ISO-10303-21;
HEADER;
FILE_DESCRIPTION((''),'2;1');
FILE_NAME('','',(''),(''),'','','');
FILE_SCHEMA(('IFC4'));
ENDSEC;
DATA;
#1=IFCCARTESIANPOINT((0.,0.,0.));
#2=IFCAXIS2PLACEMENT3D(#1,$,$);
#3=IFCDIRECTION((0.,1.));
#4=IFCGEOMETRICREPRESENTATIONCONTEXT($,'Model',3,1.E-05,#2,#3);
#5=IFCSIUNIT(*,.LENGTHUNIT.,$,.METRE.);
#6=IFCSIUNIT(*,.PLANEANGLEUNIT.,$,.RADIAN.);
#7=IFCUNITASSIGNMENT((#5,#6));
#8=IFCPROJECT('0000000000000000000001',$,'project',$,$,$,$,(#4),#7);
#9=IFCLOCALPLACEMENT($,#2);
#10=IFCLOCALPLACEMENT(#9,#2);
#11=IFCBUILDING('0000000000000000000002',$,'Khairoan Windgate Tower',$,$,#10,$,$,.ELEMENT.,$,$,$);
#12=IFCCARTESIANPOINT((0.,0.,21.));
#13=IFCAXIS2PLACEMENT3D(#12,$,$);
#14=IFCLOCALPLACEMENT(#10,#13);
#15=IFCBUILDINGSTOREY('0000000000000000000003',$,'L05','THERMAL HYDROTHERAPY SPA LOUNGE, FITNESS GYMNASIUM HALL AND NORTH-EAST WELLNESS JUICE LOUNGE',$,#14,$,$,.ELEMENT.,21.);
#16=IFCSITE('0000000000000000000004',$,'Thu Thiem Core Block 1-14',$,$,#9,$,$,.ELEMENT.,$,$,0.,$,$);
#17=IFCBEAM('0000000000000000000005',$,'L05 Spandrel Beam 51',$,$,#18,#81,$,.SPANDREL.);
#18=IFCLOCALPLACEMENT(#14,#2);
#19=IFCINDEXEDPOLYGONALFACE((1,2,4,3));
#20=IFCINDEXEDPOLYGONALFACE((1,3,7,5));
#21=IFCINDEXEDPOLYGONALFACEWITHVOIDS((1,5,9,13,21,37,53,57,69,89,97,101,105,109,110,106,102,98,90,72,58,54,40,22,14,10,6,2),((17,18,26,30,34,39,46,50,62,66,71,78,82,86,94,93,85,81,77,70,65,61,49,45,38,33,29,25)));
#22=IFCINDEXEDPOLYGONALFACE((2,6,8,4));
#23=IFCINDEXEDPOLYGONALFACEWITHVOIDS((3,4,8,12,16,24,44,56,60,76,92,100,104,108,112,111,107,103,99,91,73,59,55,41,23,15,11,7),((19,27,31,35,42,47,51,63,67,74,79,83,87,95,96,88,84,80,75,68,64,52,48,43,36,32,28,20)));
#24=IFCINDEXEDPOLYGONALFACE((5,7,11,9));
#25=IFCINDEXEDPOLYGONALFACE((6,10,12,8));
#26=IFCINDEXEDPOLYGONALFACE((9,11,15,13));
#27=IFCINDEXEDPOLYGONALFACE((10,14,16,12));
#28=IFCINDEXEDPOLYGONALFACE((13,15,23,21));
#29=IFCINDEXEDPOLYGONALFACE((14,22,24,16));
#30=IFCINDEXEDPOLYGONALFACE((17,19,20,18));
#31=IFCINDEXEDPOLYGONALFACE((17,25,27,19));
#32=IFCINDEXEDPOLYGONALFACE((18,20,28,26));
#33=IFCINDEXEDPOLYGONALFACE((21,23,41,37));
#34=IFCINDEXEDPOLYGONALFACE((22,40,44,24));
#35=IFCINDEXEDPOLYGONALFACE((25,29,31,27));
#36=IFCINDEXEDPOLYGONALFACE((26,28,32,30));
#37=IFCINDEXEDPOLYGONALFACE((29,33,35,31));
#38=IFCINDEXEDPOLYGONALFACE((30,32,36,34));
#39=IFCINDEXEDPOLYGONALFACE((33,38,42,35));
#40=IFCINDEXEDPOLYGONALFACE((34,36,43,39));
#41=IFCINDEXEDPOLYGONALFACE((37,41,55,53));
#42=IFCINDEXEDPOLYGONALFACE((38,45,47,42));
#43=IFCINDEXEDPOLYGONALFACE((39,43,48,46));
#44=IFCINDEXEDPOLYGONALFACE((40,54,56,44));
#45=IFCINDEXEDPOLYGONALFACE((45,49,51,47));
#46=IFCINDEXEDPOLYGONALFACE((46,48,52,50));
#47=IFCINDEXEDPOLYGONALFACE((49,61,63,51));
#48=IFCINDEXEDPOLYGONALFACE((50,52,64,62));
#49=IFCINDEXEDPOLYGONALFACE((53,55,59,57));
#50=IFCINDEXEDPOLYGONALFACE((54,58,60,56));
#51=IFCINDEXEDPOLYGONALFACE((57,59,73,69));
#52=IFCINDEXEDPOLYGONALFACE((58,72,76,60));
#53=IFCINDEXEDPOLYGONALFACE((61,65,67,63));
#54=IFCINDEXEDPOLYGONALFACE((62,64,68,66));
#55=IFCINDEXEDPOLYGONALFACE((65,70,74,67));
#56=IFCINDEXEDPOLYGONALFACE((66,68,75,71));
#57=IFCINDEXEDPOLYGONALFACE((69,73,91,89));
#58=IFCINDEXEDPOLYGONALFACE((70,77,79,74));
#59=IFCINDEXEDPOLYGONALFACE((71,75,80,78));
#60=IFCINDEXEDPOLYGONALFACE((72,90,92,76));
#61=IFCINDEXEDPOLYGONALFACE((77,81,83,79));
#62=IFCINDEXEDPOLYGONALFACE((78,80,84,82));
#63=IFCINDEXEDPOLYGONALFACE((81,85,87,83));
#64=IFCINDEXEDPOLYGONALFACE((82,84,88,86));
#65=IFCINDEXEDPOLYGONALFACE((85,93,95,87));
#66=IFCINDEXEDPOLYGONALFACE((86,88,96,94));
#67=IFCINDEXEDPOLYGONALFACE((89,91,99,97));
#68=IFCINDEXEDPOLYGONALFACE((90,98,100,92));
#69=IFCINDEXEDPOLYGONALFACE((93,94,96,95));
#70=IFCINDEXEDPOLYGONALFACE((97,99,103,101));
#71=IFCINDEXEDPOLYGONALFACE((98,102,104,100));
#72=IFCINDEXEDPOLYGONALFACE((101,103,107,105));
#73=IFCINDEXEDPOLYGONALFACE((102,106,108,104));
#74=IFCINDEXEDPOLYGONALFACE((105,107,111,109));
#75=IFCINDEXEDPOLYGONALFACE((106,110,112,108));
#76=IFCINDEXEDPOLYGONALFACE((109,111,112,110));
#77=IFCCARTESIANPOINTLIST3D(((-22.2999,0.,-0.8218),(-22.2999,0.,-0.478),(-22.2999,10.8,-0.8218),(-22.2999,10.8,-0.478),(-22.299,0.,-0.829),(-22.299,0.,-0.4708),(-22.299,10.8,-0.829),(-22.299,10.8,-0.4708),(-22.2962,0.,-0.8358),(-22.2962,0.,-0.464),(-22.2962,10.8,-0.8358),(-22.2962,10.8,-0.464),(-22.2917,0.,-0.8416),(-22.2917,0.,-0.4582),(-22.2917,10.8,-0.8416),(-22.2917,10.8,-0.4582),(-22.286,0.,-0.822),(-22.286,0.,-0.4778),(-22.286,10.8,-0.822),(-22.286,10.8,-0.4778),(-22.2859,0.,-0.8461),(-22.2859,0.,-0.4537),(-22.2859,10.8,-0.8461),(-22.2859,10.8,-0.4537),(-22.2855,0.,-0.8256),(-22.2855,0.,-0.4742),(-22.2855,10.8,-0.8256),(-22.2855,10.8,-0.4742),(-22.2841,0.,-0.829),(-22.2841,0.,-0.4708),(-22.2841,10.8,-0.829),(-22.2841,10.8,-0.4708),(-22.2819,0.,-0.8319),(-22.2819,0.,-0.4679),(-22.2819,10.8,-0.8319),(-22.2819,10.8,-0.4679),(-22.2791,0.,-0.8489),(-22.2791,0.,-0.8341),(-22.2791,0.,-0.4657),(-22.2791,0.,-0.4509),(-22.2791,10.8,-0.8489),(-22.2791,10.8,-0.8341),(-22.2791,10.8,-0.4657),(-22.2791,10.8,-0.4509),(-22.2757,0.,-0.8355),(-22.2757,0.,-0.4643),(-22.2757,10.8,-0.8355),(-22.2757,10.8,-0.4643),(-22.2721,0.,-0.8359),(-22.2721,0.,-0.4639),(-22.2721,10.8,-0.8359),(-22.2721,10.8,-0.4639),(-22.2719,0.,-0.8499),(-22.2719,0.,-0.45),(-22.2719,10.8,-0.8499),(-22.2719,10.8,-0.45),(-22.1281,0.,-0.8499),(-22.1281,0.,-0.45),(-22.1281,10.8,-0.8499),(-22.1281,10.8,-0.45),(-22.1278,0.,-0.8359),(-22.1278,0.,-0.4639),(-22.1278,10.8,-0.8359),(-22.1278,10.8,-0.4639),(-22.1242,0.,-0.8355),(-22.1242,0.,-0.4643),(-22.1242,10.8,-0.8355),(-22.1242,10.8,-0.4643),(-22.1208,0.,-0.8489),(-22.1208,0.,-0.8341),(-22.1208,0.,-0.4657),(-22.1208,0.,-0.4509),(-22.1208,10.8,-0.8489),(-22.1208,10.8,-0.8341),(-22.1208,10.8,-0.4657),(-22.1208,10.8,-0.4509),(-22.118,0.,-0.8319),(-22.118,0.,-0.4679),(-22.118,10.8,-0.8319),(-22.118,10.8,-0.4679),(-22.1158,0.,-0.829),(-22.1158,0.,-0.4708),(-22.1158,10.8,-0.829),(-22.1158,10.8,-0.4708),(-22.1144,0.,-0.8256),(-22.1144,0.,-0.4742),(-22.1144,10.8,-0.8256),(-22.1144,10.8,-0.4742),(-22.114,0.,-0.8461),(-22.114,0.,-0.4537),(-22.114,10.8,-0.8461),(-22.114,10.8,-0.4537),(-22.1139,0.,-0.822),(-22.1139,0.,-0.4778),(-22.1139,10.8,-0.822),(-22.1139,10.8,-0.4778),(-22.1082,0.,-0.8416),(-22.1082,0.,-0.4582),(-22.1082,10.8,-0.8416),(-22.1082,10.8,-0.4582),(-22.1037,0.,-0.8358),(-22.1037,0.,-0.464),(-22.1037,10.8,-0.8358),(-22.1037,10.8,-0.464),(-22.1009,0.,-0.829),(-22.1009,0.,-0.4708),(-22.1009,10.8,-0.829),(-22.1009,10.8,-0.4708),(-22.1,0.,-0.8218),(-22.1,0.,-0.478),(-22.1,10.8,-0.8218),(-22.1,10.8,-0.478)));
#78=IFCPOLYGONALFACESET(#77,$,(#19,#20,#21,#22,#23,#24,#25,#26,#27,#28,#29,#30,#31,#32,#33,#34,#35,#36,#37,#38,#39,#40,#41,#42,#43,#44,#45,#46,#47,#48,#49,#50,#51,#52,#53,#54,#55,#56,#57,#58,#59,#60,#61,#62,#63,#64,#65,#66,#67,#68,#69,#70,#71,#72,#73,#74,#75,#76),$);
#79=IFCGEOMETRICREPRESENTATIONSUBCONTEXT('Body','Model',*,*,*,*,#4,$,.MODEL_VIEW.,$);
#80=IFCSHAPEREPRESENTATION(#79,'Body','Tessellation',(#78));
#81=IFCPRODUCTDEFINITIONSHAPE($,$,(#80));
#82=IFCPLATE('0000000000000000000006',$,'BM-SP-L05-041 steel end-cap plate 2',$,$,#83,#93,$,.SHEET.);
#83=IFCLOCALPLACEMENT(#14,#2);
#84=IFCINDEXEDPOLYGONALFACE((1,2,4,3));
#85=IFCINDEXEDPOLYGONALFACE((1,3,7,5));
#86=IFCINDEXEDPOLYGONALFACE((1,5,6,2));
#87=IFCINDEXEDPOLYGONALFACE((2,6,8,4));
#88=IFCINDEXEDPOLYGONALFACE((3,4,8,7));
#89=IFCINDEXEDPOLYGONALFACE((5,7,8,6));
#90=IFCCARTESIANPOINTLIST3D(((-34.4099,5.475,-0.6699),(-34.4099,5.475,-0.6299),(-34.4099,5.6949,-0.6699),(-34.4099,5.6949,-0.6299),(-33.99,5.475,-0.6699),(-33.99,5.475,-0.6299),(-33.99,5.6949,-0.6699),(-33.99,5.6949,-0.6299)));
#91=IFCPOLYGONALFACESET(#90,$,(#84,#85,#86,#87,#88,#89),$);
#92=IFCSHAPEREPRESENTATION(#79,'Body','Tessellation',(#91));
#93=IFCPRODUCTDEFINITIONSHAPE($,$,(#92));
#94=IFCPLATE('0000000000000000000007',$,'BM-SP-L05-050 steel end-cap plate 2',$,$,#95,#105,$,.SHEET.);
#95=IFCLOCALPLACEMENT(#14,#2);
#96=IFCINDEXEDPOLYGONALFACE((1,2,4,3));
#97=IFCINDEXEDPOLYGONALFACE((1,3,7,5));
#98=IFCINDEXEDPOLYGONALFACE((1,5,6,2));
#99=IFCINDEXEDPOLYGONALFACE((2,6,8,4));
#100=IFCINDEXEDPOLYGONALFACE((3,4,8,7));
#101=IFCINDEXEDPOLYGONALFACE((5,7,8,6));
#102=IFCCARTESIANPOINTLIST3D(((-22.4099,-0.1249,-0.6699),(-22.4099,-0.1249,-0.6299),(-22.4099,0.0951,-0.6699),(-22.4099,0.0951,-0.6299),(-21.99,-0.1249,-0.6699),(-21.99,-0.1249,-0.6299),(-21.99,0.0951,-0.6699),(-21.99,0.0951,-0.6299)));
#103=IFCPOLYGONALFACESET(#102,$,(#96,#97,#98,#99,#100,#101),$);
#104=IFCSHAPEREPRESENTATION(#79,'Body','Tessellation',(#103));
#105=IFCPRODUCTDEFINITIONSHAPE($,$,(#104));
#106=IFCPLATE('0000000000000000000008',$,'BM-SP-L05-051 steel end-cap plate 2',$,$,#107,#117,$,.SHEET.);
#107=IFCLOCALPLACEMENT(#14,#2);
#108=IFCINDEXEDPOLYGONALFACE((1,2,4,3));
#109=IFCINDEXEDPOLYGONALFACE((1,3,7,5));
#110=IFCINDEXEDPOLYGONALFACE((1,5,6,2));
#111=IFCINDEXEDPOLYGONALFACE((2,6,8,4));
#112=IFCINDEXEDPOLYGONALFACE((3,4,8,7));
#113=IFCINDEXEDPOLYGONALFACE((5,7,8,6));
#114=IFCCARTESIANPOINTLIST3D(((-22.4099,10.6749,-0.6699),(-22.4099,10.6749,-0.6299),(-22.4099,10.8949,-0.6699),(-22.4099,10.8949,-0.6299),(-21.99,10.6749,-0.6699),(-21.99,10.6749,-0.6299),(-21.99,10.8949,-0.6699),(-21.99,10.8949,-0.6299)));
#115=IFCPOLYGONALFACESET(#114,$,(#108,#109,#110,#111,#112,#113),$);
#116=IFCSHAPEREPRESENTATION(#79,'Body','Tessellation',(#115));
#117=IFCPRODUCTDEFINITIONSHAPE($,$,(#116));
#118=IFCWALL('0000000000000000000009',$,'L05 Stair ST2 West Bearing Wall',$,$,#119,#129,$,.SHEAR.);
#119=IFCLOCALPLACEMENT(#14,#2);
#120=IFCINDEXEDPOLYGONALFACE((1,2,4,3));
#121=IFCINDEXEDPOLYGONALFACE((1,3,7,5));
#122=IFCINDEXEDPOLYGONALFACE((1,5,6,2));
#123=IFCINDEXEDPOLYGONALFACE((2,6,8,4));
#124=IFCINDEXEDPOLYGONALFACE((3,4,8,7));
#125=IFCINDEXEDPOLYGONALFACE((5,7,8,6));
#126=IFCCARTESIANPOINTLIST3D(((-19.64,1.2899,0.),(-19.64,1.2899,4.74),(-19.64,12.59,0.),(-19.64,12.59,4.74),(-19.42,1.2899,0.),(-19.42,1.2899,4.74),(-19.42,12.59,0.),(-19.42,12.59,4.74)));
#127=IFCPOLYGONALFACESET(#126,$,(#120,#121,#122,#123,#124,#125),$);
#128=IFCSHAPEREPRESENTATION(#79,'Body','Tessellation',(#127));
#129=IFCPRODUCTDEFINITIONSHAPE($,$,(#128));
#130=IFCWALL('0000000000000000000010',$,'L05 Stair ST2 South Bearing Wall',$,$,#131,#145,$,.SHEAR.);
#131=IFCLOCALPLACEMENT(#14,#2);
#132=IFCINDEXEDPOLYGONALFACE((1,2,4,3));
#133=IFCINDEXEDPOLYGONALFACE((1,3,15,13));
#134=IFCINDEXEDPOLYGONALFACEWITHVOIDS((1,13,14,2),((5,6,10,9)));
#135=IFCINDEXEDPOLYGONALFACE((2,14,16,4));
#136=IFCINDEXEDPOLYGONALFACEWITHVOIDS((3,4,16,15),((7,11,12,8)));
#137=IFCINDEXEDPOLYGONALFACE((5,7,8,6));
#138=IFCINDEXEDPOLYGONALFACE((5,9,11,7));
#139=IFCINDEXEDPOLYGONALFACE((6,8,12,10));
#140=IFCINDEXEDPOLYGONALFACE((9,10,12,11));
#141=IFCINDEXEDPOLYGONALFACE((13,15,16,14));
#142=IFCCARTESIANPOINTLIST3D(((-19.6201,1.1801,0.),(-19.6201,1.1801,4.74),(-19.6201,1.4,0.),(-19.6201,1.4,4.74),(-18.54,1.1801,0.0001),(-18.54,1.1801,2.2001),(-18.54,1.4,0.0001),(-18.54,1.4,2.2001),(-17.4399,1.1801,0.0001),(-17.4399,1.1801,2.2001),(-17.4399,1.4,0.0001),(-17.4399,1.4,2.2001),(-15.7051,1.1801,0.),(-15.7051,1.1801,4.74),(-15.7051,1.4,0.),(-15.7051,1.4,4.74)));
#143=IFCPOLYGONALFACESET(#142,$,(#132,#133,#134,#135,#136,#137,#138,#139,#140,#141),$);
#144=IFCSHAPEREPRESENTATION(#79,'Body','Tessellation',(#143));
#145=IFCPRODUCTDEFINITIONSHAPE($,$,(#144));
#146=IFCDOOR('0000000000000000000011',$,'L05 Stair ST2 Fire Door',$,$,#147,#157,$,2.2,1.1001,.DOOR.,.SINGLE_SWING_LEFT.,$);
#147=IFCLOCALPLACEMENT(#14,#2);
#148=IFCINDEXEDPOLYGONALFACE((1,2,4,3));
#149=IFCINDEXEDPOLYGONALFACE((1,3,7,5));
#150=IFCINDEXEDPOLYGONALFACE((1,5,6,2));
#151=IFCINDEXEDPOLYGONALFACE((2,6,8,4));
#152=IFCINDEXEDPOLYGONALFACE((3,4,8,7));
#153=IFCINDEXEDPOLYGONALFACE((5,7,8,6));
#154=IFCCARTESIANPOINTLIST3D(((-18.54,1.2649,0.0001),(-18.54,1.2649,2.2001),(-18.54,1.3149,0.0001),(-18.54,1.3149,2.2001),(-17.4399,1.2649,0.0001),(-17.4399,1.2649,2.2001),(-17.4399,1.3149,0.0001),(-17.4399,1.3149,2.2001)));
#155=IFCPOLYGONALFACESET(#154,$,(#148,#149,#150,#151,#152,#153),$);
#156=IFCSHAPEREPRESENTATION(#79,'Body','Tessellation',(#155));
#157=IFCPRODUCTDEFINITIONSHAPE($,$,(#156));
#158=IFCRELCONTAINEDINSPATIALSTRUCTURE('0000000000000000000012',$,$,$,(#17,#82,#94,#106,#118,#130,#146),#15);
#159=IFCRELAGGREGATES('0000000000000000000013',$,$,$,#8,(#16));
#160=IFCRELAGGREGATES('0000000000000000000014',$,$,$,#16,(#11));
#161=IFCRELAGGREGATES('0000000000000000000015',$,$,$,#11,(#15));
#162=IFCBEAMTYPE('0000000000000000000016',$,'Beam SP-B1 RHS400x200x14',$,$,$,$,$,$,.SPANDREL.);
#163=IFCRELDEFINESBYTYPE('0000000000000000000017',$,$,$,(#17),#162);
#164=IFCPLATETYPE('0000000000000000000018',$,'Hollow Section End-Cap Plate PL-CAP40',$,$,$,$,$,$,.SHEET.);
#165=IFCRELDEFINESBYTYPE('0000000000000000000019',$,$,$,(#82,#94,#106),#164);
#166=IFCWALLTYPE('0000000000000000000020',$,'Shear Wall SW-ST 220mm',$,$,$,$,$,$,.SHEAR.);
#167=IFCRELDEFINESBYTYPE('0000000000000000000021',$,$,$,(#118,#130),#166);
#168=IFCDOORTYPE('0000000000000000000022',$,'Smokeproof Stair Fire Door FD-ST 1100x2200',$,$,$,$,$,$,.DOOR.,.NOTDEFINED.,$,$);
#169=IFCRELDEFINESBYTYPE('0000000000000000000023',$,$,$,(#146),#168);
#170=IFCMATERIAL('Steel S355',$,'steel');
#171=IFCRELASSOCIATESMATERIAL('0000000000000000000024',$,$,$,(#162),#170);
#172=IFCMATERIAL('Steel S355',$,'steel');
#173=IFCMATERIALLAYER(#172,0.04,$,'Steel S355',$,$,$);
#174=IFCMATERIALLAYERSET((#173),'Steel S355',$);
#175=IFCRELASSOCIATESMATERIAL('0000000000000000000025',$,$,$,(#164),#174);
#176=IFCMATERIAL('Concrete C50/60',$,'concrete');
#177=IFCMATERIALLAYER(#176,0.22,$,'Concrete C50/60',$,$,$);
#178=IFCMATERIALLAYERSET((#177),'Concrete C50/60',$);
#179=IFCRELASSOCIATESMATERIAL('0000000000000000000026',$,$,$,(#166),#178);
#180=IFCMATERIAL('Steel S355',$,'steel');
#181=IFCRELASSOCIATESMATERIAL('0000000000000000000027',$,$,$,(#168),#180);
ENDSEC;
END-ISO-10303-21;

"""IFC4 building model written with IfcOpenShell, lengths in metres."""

from ifc_helpers import new_model, si_unit, direction, frame, frame_2d, origin, origin_2d, place, context, subcontext, project, spatial, rectangle, hollow_rectangle, extrude, material, layer, layer_set, material_profile, profile_set, type_object, element, fill, save


model = new_model("IFC4")

# Units and contexts
model_context = context("Model", 3, precision=1e-05, world=origin(), true_north=direction((0.0, 1.0)))
body_context = subcontext(model_context, "Body", "Model", "MODEL_VIEW")
ifc_project = project(units=[si_unit("LENGTHUNIT", "METRE"), si_unit("PLANEANGLEUNIT", "RADIAN")], contexts=[model_context])

# Site, building, storey
site_placement = place(None, origin())
site = spatial("IfcSite", under=ifc_project, at=site_placement, Name="Thu Thiem Core Block 1-14", CompositionType="ELEMENT", RefElevation=0.0)
building_placement = place(site_placement, origin())
building = spatial("IfcBuilding", under=site, at=building_placement, Name="Khairoan Windgate Tower", CompositionType="ELEMENT")
storey_placement = place(building_placement, frame((0.0, 0.0, 21.0)))
storey = spatial("IfcBuildingStorey", under=building, at=storey_placement, Name="L05", Description="THERMAL HYDROTHERAPY SPA LOUNGE, FITNESS GYMNASIUM HALL AND NORTH-EAST WELLNESS JUICE LOUNGE", CompositionType="ELEMENT", Elevation=21.0)

# Beam
ifc_material_1 = material(Name="Steel S355", Category="steel")
ifc_material_profile_1 = material_profile(ifc_material_1, hollow_rectangle(XDim=0.2, YDim=0.3999, WallThickness=0.0139, InnerFilletRadius=0.0139, OuterFilletRadius=0.0281, at=origin_2d()))
ifc_profile_set_1 = profile_set([ifc_material_profile_1], Name="Steel S355")
beam_type_1 = type_object("IfcBeamType", Name="Beam SP-B1 RHS400x200x14", PredefinedType="SPANDREL", material=ifc_profile_set_1)
beam_1_placement = place(storey_placement, frame((-22.2, 0.0, -0.6499), z_axis=(0.0, 1.0, 0.0), x_axis=(-1.0, 0.0, 0.0)))
element("IfcBeam", 1, at=beam_1_placement, inside=storey, type_object=beam_type_1, Name="L05 Spandrel Beam 51", PredefinedType="SPANDREL", context=body_context, shape_type="SweptSolid", body=[
    extrude(hollow_rectangle(XDim=0.2, YDim=0.3999, WallThickness=0.0139, InnerFilletRadius=0.0139, OuterFilletRadius=0.0281, at=origin_2d()), origin(), (0.0, 0.0, 1.0), 10.8),
])

# Plates
ifc_material_2 = material(Name="Steel S355", Category="steel")
ifc_layer_1 = layer(ifc_material_2, 0.04, Name="Steel S355")
ifc_layer_set_1 = layer_set([ifc_layer_1], Name="Steel S355")
plate_type = type_object("IfcPlateType", Name="Hollow Section End-Cap Plate PL-CAP40", PredefinedType="SHEET", material=ifc_layer_set_1)
for number, where, z_axis, x_axis, name in (
    (2, (-34.2, 5.585, -0.6699), (0.0, 0.0, 1.0), (0.0, 1.0, 0.0), "BM-SP-L05-041 steel end-cap plate 2"),
    (3, (-22.2, -0.0149, -0.6699), (0.0, 0.0, 1.0), (0.0, 1.0, 0.0), "BM-SP-L05-050 steel end-cap plate 2"),
    (4, (-22.2, 10.7849, -0.6699), (0.0, 0.0, 1.0), (0.0, 1.0, 0.0), "BM-SP-L05-051 steel end-cap plate 2"),
):
    element("IfcPlate", number, at=place(storey_placement, frame(where, z_axis=z_axis, x_axis=x_axis)), inside=storey, type_object=plate_type, Name=name, PredefinedType="SHEET", context=body_context, shape_type="SweptSolid", body=[
        extrude(rectangle(XDim=0.22, YDim=0.4199, at=origin_2d()), origin(), (0.0, 0.0, 1.0), 0.04),
    ])

# Wall
ifc_material_3 = material(Name="Concrete C50/60", Category="concrete")
ifc_layer_2 = layer(ifc_material_3, 0.22, Name="Concrete C50/60")
ifc_layer_set_2 = layer_set([ifc_layer_2], Name="Concrete C50/60")
wall_type = type_object("IfcWallType", Name="Shear Wall SW-ST 220mm", PredefinedType="SHEAR", material=ifc_layer_set_2)
wall_1_placement = place(storey_placement, frame((-19.53, 1.29, 0.0), z_axis=(0.0, 0.0, 1.0), x_axis=(0.0, 1.0, 0.0)))
element("IfcWall", 5, at=wall_1_placement, inside=storey, type_object=wall_type, Name="L05 Stair ST2 West Bearing Wall", PredefinedType="SHEAR", context=body_context, shape_type="SweptSolid", body=[
    extrude(rectangle(XDim=11.3, YDim=0.22, at=frame_2d((5.6499, 0.0))), origin(), (0.0, 0.0, 1.0), 4.74),
])

# Wall, opening, door
wall_2_placement = place(storey_placement, frame((-19.6201, 1.29, 0.0), z_axis=(0.0, 0.0, 1.0), x_axis=(1.0, 0.0, 0.0)))
wall_2 = element("IfcWall", 6, at=wall_2_placement, inside=storey, type_object=wall_type, Name="L05 Stair ST2 South Bearing Wall", PredefinedType="SHEAR", context=body_context, shape_type="SweptSolid", body=[
    extrude(rectangle(XDim=3.915, YDim=0.22, at=frame_2d((1.9575, 0.0))), origin(), (0.0, 0.0, 1.0), 4.74),
])
opening_placement = place(wall_2_placement, frame((1.0801, 0.0, 0.0)))
opening = element("IfcOpeningElement", 7, at=opening_placement, cuts=wall_2, PredefinedType="OPENING", context=body_context, shape_type="SweptSolid", body=[
    extrude(rectangle(XDim=1.1001, YDim=2.2, at=frame_2d((0.55, 1.1001))), frame((0.0, 0.1199, 0.0), z_axis=(0.0, -1.0, 0.0), x_axis=(1.0, 0.0, 0.0)), (0.0, 0.0, 1.0), 0.24),
])
ifc_material_4 = material(Name="Steel S355", Category="steel")
door_type = type_object("IfcDoorType", Name="Smokeproof Stair Fire Door FD-ST 1100x2200", OperationType="NOTDEFINED", PredefinedType="DOOR", material=ifc_material_4)
door_placement = place(opening_placement, origin())
door = element("IfcDoor", 8, at=door_placement, inside=storey, type_object=door_type, Name="L05 Stair ST2 Fire Door", OperationType="SINGLE_SWING_LEFT", OverallHeight=2.2, OverallWidth=1.1001, PredefinedType="DOOR", context=body_context, shape_type="SweptSolid", body=[
    extrude(rectangle(XDim=1.1001, YDim=2.2, at=frame_2d((0.55, 1.1001))), frame((0.0, 0.0249, 0.0), z_axis=(0.0, -1.0, 0.0), x_axis=(1.0, 0.0, 0.0)), (0.0, 0.0, 1.0), 0.05),
])
fill(opening, door)

save(model, "model.ifc")
